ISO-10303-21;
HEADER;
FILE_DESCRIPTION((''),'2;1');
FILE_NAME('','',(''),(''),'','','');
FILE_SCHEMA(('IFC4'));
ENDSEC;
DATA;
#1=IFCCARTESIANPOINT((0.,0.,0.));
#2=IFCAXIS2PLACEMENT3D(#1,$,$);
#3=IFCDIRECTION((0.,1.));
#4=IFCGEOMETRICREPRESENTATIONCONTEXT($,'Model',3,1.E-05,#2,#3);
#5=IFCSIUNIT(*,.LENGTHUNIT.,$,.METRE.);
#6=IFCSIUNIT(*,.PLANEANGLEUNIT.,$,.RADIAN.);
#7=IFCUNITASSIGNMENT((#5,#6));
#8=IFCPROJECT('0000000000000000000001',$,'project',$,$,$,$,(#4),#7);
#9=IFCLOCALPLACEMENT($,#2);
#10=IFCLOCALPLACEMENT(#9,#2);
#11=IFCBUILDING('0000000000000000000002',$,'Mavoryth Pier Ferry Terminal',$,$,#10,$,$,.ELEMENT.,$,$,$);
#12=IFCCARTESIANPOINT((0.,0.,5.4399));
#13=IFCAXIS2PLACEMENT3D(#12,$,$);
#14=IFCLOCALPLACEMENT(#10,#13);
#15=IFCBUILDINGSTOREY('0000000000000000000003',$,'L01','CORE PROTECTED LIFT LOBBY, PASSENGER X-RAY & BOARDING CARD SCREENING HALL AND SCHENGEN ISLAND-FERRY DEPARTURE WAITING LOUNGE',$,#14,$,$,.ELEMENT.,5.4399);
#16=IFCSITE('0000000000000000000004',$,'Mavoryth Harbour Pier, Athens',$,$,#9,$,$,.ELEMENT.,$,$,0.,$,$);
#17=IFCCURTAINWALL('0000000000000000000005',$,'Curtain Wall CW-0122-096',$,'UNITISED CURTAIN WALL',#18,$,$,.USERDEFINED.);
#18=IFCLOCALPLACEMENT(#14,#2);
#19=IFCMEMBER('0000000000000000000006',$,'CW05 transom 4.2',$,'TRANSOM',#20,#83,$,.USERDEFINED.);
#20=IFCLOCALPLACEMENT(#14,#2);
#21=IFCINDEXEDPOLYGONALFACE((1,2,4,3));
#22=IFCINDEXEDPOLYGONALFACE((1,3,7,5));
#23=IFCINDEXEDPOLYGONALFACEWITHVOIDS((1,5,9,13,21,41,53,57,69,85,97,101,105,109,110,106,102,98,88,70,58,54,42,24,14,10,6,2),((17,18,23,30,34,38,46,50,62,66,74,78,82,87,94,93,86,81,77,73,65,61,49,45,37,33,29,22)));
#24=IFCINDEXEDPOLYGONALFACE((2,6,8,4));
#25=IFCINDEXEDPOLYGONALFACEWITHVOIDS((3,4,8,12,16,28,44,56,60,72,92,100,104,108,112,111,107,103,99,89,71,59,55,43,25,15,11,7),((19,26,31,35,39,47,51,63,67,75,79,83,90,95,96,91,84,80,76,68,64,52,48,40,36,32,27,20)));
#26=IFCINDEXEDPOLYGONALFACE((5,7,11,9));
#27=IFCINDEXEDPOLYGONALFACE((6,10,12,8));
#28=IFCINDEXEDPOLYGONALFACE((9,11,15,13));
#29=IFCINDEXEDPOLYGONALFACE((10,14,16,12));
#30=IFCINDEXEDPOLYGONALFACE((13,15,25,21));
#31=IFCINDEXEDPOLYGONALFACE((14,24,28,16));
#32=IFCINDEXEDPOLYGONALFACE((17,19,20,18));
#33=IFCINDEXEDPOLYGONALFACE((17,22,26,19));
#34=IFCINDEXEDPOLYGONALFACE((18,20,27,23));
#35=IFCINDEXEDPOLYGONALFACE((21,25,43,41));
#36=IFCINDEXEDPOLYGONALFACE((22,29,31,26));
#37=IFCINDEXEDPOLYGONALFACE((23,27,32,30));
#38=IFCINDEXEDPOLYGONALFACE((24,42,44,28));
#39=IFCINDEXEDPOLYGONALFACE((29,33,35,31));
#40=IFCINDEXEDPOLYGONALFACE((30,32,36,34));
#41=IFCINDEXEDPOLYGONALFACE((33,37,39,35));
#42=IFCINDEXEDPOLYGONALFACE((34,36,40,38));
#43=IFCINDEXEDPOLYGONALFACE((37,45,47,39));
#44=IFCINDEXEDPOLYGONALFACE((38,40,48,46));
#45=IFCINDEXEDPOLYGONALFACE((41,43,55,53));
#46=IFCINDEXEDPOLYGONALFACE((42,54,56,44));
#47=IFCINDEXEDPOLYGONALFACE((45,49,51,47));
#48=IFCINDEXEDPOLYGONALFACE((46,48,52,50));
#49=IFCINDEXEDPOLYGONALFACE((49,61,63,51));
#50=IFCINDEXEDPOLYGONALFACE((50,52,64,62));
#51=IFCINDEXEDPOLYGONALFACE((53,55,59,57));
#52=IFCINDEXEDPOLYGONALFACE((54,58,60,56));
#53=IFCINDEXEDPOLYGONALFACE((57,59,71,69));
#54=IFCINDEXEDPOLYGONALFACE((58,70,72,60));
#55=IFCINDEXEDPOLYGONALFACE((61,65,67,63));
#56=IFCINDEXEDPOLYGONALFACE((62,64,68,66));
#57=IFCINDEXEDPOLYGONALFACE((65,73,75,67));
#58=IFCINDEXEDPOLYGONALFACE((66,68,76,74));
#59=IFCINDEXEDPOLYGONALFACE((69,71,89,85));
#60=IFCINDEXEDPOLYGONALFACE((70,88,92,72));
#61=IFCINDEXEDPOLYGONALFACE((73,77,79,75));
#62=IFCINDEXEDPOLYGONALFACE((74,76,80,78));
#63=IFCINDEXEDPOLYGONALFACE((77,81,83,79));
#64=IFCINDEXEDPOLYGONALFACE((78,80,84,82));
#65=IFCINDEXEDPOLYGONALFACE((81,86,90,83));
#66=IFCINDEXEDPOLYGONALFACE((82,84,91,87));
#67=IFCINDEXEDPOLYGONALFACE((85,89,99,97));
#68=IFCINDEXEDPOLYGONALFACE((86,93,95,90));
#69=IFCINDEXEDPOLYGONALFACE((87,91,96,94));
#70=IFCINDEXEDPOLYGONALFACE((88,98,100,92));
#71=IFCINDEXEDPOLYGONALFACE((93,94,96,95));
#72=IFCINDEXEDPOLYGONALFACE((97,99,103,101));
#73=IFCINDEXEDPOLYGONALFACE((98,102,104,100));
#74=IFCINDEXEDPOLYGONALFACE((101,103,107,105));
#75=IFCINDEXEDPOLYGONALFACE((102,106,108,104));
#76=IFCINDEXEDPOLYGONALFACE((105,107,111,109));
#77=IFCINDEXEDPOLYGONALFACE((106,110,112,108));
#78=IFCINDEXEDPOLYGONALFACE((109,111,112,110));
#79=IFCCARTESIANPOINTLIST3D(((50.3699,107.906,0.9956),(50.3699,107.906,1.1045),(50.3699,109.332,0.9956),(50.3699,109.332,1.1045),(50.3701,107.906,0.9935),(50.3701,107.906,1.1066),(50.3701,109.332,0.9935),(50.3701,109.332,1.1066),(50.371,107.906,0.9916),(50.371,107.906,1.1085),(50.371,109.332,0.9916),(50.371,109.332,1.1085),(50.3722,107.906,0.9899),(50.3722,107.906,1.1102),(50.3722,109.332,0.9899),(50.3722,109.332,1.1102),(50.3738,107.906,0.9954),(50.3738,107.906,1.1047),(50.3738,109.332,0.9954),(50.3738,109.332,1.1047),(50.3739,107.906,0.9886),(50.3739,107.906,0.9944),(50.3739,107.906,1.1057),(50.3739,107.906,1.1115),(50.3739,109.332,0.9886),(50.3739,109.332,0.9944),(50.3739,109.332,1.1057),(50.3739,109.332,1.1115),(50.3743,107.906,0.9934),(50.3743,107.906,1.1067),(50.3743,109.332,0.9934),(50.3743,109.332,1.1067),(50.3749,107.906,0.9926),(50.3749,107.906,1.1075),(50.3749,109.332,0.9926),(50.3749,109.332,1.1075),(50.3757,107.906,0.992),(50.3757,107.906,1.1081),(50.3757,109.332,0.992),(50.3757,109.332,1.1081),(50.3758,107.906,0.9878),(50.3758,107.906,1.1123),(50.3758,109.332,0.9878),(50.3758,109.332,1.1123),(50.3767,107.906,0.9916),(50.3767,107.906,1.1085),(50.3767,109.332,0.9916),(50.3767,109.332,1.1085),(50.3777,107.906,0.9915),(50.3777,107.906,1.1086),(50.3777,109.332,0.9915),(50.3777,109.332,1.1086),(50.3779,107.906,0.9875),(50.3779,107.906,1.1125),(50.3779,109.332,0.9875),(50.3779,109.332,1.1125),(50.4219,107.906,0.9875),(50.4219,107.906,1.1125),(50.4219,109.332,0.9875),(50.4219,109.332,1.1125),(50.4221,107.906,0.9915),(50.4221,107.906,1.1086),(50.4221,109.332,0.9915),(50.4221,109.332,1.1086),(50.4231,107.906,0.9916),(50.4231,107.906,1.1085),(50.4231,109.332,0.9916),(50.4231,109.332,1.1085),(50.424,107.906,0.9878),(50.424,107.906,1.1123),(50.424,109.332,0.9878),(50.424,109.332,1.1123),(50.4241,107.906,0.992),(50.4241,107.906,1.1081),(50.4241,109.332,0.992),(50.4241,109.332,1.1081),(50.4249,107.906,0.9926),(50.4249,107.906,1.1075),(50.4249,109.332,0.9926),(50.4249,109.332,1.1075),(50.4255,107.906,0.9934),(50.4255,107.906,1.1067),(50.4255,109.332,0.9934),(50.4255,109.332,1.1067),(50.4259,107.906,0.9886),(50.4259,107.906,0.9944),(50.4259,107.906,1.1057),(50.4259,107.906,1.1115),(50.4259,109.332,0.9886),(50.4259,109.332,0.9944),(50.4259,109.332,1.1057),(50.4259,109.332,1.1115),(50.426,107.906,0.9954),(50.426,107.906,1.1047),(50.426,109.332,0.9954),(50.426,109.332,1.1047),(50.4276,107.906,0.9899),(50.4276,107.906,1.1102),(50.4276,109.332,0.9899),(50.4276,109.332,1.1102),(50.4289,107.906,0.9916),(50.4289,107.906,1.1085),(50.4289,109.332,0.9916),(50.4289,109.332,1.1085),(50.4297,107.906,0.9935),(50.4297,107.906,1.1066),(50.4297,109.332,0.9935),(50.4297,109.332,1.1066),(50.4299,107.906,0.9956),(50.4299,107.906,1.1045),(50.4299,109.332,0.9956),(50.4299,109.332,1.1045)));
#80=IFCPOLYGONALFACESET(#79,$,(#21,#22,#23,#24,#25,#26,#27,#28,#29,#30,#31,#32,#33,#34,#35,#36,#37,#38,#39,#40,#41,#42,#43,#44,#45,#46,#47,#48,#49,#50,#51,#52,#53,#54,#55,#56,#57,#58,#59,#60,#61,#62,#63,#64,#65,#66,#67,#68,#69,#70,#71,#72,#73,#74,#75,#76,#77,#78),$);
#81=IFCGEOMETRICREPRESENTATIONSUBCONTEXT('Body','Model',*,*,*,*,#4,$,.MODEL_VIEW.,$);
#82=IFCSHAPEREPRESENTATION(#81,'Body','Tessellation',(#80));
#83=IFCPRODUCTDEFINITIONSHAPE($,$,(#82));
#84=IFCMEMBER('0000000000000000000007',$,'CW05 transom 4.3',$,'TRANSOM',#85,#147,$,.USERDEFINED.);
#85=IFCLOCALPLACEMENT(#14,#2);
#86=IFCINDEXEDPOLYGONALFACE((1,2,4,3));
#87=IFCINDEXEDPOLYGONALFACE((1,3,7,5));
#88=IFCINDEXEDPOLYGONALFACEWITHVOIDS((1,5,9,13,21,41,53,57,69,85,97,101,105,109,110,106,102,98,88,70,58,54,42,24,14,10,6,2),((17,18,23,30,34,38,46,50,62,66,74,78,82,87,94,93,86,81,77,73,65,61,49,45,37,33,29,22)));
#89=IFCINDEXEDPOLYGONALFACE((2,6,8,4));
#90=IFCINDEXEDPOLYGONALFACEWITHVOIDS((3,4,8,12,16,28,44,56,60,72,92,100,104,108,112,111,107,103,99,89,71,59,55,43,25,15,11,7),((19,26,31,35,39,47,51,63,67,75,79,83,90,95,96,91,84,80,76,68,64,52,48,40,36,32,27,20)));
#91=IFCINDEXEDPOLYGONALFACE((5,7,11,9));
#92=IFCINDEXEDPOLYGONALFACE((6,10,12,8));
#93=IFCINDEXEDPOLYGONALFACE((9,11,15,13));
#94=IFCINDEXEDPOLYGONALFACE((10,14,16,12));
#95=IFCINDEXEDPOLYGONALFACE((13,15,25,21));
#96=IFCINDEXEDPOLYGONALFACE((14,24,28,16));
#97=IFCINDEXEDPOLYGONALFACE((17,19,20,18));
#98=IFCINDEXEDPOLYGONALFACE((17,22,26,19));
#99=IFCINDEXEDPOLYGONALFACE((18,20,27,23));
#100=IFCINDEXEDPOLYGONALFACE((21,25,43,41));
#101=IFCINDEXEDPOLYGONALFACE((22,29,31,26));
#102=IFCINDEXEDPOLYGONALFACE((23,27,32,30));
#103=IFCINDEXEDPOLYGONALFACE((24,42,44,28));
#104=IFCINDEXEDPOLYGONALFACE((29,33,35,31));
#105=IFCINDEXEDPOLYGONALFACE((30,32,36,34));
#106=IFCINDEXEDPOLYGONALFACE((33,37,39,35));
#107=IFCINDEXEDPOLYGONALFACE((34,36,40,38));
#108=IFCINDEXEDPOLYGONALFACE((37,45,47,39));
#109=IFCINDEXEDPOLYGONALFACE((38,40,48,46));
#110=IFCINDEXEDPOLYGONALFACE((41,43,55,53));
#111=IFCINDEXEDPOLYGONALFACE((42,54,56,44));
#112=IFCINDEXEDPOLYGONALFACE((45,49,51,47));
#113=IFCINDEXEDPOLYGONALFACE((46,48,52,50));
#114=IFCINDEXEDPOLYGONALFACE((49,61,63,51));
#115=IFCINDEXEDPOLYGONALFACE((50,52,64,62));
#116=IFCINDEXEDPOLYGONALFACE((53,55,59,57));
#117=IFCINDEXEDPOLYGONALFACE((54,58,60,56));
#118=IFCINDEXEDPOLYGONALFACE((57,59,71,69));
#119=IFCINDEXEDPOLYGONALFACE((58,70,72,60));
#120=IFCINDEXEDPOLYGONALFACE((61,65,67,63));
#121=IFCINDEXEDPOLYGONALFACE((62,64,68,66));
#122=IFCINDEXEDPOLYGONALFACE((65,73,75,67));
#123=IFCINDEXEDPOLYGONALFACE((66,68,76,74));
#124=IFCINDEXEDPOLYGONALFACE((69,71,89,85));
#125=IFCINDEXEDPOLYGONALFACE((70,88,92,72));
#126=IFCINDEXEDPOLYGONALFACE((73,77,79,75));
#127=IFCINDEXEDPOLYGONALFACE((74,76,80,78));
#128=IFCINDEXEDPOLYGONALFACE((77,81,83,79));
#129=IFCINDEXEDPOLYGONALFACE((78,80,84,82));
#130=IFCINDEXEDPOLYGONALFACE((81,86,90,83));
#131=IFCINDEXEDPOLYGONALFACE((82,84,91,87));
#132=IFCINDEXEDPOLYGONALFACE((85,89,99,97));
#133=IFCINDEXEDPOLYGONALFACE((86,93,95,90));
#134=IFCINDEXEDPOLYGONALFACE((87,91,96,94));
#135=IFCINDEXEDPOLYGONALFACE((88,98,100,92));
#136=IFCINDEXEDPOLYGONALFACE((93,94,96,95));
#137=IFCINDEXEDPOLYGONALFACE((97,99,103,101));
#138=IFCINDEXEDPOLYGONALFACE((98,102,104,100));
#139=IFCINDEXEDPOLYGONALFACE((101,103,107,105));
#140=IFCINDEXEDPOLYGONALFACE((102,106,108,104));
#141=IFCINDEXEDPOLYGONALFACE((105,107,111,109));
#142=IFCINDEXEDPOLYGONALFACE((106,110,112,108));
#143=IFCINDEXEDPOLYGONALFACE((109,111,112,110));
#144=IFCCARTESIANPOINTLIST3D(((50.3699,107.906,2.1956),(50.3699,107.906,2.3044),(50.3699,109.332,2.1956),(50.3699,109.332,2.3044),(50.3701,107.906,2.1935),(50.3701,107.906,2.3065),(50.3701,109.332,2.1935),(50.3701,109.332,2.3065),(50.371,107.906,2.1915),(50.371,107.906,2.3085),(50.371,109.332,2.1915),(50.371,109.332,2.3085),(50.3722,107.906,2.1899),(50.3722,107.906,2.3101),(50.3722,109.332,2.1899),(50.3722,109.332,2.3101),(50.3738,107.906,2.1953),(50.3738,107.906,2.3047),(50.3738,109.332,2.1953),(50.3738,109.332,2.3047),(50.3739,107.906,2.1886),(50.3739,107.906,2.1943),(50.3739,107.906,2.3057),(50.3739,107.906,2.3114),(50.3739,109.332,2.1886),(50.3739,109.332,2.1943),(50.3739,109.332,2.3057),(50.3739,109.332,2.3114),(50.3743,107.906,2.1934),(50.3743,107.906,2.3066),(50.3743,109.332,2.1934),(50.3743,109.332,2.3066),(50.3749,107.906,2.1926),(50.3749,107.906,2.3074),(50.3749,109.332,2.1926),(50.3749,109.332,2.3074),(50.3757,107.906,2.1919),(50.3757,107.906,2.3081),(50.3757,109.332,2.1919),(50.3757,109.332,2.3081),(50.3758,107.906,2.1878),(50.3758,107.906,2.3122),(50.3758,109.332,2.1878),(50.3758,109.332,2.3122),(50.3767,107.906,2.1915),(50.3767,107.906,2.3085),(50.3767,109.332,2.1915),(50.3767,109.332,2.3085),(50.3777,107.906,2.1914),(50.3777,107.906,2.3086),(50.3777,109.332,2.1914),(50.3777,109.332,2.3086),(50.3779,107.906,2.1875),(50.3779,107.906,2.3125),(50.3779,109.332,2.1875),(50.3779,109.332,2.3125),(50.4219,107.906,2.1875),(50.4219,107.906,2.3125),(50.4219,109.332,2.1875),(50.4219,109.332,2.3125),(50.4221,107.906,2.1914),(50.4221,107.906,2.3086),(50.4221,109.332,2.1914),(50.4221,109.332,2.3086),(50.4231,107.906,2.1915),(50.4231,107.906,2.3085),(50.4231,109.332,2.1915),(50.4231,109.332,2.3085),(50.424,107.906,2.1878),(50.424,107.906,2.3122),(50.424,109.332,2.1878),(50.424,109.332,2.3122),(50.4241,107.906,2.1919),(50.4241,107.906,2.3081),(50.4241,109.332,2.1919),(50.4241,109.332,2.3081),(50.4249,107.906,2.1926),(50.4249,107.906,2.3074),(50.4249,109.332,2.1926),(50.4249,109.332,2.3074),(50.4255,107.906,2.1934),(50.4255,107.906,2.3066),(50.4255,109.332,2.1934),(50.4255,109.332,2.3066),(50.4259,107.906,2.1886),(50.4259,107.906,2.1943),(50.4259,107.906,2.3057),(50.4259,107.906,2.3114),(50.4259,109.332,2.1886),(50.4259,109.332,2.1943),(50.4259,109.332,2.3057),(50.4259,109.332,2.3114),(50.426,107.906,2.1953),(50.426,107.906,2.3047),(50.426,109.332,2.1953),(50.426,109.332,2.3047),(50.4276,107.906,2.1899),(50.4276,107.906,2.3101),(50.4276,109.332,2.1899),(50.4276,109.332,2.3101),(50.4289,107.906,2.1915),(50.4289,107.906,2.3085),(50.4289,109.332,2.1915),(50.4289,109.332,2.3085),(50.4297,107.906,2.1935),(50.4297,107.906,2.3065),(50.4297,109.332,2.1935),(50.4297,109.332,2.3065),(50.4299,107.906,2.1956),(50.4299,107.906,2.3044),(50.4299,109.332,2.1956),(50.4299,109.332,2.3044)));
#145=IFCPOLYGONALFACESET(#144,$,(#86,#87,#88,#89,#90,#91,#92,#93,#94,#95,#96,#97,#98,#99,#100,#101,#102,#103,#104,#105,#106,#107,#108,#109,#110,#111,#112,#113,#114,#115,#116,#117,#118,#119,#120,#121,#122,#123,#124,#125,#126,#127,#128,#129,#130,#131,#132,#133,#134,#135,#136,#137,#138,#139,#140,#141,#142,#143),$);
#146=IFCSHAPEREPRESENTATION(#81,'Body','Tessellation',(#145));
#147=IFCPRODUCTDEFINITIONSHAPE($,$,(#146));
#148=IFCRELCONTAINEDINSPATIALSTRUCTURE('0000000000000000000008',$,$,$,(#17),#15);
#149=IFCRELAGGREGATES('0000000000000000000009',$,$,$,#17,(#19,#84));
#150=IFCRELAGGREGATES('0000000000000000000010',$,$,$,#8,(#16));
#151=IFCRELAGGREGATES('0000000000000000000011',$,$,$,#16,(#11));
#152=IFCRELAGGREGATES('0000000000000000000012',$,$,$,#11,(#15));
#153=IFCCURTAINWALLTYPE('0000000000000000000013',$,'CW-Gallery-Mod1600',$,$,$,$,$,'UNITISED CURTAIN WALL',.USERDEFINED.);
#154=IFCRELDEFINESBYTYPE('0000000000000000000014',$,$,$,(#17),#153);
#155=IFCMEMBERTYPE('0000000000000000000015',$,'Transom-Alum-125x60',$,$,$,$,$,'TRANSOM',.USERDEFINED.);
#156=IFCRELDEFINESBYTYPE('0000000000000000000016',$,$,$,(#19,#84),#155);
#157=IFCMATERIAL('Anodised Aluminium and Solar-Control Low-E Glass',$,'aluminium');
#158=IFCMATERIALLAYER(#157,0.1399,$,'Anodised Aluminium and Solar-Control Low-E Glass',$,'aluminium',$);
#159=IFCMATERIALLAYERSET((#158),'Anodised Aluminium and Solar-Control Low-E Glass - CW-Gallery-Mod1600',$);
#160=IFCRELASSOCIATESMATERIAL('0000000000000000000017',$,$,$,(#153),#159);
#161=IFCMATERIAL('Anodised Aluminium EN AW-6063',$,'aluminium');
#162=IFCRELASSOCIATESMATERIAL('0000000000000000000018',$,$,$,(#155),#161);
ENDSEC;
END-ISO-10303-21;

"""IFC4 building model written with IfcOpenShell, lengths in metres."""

from ifc_helpers import new_model, si_unit, direction, frame, origin, origin_2d, place, context, subcontext, project, spatial, hollow_rectangle, extrude, material, layer, layer_set, material_profile, profile_set, type_object, element, aggregate, save


model = new_model("IFC4")

# Units and contexts
model_context = context("Model", 3, precision=1e-05, world=origin(), true_north=direction((0.0, 1.0)))
body_context = subcontext(model_context, "Body", "Model", "MODEL_VIEW")
ifc_project = project(units=[si_unit("LENGTHUNIT", "METRE"), si_unit("PLANEANGLEUNIT", "RADIAN")], contexts=[model_context])

# Site, building, storey
site_placement = place(None, origin())
site = spatial("IfcSite", under=ifc_project, at=site_placement, Name="Mavoryth Harbour Pier, Athens", CompositionType="ELEMENT", RefElevation=0.0)
building_placement = place(site_placement, origin())
building = spatial("IfcBuilding", under=site, at=building_placement, Name="Mavoryth Pier Ferry Terminal", CompositionType="ELEMENT")
storey_placement = place(building_placement, frame((0.0, 0.0, 5.4399)))
storey = spatial("IfcBuildingStorey", under=building, at=storey_placement, Name="L01", Description="CORE PROTECTED LIFT LOBBY, PASSENGER X-RAY & BOARDING CARD SCREENING HALL AND SCHENGEN ISLAND-FERRY DEPARTURE WAITING LOUNGE", CompositionType="ELEMENT", Elevation=5.4399)

# Curtain wall
ifc_material_1 = material(Name="Anodised Aluminium and Solar-Control Low-E Glass", Category="aluminium")
ifc_layer_1 = layer(ifc_material_1, 0.1399, Name="Anodised Aluminium and Solar-Control Low-E Glass", Category="aluminium")
ifc_layer_set_1 = layer_set([ifc_layer_1], Name="Anodised Aluminium and Solar-Control Low-E Glass - CW-Gallery-Mod1600")
curtain_wall_type = type_object("IfcCurtainWallType", Name="CW-Gallery-Mod1600", ElementType="UNITISED CURTAIN WALL", PredefinedType="USERDEFINED", material=ifc_layer_set_1)
curtain_wall_placement = place(storey_placement, origin())
curtain_wall = element("IfcCurtainWall", 1, at=curtain_wall_placement, inside=storey, type_object=curtain_wall_type, Name="Curtain Wall CW-0122-096", ObjectType="UNITISED CURTAIN WALL", PredefinedType="USERDEFINED")
ifc_material_2 = material(Name="Anodised Aluminium EN AW-6063", Category="aluminium")

# Members
ifc_material_profile_1 = material_profile(ifc_material_2, hollow_rectangle(XDim=0.0601, YDim=0.125, WallThickness=0.0039, InnerFilletRadius=0.0039, OuterFilletRadius=0.0081, at=origin_2d()), Name="AL-TRAN 125x60x4", Category="aluminium")
ifc_profile_set_1 = profile_set([ifc_material_profile_1], Name="Anodised Aluminium EN AW-6063 - AL-TRAN 125x60x4")
member_type_1 = type_object("IfcMemberType", Name="Transom-Alum-125x60", ElementType="TRANSOM", PredefinedType="USERDEFINED", material=ifc_profile_set_1)
member_1_placement = place(storey_placement, frame((50.3999, 109.332, 1.05), z_axis=(0.0, -1.0, 0.0), x_axis=(1.0, 0.0, 0.0)))
member_1 = element("IfcMember", 2, at=member_1_placement, type_object=member_type_1, Name="CW05 transom 4.2", ObjectType="TRANSOM", PredefinedType="USERDEFINED", context=body_context, shape_type="SweptSolid", body=[
    extrude(hollow_rectangle(XDim=0.0601, YDim=0.125, WallThickness=0.0039, InnerFilletRadius=0.0039, OuterFilletRadius=0.0081, at=origin_2d()), origin(), (0.0, 0.0, 1.0), 1.426),
])
member_2_placement = place(storey_placement, frame((50.3999, 109.332, 2.25), z_axis=(0.0, -1.0, 0.0), x_axis=(1.0, 0.0, 0.0)))
member_2 = element("IfcMember", 3, at=member_2_placement, type_object=member_type_1, Name="CW05 transom 4.3", ObjectType="TRANSOM", PredefinedType="USERDEFINED", context=body_context, shape_type="SweptSolid", body=[
    extrude(hollow_rectangle(XDim=0.0601, YDim=0.125, WallThickness=0.0039, InnerFilletRadius=0.0039, OuterFilletRadius=0.0081, at=origin_2d()), origin(), (0.0, 0.0, 1.0), 1.426),
])

aggregate(curtain_wall, [member_1, member_2])

save(model, "model.ifc")
